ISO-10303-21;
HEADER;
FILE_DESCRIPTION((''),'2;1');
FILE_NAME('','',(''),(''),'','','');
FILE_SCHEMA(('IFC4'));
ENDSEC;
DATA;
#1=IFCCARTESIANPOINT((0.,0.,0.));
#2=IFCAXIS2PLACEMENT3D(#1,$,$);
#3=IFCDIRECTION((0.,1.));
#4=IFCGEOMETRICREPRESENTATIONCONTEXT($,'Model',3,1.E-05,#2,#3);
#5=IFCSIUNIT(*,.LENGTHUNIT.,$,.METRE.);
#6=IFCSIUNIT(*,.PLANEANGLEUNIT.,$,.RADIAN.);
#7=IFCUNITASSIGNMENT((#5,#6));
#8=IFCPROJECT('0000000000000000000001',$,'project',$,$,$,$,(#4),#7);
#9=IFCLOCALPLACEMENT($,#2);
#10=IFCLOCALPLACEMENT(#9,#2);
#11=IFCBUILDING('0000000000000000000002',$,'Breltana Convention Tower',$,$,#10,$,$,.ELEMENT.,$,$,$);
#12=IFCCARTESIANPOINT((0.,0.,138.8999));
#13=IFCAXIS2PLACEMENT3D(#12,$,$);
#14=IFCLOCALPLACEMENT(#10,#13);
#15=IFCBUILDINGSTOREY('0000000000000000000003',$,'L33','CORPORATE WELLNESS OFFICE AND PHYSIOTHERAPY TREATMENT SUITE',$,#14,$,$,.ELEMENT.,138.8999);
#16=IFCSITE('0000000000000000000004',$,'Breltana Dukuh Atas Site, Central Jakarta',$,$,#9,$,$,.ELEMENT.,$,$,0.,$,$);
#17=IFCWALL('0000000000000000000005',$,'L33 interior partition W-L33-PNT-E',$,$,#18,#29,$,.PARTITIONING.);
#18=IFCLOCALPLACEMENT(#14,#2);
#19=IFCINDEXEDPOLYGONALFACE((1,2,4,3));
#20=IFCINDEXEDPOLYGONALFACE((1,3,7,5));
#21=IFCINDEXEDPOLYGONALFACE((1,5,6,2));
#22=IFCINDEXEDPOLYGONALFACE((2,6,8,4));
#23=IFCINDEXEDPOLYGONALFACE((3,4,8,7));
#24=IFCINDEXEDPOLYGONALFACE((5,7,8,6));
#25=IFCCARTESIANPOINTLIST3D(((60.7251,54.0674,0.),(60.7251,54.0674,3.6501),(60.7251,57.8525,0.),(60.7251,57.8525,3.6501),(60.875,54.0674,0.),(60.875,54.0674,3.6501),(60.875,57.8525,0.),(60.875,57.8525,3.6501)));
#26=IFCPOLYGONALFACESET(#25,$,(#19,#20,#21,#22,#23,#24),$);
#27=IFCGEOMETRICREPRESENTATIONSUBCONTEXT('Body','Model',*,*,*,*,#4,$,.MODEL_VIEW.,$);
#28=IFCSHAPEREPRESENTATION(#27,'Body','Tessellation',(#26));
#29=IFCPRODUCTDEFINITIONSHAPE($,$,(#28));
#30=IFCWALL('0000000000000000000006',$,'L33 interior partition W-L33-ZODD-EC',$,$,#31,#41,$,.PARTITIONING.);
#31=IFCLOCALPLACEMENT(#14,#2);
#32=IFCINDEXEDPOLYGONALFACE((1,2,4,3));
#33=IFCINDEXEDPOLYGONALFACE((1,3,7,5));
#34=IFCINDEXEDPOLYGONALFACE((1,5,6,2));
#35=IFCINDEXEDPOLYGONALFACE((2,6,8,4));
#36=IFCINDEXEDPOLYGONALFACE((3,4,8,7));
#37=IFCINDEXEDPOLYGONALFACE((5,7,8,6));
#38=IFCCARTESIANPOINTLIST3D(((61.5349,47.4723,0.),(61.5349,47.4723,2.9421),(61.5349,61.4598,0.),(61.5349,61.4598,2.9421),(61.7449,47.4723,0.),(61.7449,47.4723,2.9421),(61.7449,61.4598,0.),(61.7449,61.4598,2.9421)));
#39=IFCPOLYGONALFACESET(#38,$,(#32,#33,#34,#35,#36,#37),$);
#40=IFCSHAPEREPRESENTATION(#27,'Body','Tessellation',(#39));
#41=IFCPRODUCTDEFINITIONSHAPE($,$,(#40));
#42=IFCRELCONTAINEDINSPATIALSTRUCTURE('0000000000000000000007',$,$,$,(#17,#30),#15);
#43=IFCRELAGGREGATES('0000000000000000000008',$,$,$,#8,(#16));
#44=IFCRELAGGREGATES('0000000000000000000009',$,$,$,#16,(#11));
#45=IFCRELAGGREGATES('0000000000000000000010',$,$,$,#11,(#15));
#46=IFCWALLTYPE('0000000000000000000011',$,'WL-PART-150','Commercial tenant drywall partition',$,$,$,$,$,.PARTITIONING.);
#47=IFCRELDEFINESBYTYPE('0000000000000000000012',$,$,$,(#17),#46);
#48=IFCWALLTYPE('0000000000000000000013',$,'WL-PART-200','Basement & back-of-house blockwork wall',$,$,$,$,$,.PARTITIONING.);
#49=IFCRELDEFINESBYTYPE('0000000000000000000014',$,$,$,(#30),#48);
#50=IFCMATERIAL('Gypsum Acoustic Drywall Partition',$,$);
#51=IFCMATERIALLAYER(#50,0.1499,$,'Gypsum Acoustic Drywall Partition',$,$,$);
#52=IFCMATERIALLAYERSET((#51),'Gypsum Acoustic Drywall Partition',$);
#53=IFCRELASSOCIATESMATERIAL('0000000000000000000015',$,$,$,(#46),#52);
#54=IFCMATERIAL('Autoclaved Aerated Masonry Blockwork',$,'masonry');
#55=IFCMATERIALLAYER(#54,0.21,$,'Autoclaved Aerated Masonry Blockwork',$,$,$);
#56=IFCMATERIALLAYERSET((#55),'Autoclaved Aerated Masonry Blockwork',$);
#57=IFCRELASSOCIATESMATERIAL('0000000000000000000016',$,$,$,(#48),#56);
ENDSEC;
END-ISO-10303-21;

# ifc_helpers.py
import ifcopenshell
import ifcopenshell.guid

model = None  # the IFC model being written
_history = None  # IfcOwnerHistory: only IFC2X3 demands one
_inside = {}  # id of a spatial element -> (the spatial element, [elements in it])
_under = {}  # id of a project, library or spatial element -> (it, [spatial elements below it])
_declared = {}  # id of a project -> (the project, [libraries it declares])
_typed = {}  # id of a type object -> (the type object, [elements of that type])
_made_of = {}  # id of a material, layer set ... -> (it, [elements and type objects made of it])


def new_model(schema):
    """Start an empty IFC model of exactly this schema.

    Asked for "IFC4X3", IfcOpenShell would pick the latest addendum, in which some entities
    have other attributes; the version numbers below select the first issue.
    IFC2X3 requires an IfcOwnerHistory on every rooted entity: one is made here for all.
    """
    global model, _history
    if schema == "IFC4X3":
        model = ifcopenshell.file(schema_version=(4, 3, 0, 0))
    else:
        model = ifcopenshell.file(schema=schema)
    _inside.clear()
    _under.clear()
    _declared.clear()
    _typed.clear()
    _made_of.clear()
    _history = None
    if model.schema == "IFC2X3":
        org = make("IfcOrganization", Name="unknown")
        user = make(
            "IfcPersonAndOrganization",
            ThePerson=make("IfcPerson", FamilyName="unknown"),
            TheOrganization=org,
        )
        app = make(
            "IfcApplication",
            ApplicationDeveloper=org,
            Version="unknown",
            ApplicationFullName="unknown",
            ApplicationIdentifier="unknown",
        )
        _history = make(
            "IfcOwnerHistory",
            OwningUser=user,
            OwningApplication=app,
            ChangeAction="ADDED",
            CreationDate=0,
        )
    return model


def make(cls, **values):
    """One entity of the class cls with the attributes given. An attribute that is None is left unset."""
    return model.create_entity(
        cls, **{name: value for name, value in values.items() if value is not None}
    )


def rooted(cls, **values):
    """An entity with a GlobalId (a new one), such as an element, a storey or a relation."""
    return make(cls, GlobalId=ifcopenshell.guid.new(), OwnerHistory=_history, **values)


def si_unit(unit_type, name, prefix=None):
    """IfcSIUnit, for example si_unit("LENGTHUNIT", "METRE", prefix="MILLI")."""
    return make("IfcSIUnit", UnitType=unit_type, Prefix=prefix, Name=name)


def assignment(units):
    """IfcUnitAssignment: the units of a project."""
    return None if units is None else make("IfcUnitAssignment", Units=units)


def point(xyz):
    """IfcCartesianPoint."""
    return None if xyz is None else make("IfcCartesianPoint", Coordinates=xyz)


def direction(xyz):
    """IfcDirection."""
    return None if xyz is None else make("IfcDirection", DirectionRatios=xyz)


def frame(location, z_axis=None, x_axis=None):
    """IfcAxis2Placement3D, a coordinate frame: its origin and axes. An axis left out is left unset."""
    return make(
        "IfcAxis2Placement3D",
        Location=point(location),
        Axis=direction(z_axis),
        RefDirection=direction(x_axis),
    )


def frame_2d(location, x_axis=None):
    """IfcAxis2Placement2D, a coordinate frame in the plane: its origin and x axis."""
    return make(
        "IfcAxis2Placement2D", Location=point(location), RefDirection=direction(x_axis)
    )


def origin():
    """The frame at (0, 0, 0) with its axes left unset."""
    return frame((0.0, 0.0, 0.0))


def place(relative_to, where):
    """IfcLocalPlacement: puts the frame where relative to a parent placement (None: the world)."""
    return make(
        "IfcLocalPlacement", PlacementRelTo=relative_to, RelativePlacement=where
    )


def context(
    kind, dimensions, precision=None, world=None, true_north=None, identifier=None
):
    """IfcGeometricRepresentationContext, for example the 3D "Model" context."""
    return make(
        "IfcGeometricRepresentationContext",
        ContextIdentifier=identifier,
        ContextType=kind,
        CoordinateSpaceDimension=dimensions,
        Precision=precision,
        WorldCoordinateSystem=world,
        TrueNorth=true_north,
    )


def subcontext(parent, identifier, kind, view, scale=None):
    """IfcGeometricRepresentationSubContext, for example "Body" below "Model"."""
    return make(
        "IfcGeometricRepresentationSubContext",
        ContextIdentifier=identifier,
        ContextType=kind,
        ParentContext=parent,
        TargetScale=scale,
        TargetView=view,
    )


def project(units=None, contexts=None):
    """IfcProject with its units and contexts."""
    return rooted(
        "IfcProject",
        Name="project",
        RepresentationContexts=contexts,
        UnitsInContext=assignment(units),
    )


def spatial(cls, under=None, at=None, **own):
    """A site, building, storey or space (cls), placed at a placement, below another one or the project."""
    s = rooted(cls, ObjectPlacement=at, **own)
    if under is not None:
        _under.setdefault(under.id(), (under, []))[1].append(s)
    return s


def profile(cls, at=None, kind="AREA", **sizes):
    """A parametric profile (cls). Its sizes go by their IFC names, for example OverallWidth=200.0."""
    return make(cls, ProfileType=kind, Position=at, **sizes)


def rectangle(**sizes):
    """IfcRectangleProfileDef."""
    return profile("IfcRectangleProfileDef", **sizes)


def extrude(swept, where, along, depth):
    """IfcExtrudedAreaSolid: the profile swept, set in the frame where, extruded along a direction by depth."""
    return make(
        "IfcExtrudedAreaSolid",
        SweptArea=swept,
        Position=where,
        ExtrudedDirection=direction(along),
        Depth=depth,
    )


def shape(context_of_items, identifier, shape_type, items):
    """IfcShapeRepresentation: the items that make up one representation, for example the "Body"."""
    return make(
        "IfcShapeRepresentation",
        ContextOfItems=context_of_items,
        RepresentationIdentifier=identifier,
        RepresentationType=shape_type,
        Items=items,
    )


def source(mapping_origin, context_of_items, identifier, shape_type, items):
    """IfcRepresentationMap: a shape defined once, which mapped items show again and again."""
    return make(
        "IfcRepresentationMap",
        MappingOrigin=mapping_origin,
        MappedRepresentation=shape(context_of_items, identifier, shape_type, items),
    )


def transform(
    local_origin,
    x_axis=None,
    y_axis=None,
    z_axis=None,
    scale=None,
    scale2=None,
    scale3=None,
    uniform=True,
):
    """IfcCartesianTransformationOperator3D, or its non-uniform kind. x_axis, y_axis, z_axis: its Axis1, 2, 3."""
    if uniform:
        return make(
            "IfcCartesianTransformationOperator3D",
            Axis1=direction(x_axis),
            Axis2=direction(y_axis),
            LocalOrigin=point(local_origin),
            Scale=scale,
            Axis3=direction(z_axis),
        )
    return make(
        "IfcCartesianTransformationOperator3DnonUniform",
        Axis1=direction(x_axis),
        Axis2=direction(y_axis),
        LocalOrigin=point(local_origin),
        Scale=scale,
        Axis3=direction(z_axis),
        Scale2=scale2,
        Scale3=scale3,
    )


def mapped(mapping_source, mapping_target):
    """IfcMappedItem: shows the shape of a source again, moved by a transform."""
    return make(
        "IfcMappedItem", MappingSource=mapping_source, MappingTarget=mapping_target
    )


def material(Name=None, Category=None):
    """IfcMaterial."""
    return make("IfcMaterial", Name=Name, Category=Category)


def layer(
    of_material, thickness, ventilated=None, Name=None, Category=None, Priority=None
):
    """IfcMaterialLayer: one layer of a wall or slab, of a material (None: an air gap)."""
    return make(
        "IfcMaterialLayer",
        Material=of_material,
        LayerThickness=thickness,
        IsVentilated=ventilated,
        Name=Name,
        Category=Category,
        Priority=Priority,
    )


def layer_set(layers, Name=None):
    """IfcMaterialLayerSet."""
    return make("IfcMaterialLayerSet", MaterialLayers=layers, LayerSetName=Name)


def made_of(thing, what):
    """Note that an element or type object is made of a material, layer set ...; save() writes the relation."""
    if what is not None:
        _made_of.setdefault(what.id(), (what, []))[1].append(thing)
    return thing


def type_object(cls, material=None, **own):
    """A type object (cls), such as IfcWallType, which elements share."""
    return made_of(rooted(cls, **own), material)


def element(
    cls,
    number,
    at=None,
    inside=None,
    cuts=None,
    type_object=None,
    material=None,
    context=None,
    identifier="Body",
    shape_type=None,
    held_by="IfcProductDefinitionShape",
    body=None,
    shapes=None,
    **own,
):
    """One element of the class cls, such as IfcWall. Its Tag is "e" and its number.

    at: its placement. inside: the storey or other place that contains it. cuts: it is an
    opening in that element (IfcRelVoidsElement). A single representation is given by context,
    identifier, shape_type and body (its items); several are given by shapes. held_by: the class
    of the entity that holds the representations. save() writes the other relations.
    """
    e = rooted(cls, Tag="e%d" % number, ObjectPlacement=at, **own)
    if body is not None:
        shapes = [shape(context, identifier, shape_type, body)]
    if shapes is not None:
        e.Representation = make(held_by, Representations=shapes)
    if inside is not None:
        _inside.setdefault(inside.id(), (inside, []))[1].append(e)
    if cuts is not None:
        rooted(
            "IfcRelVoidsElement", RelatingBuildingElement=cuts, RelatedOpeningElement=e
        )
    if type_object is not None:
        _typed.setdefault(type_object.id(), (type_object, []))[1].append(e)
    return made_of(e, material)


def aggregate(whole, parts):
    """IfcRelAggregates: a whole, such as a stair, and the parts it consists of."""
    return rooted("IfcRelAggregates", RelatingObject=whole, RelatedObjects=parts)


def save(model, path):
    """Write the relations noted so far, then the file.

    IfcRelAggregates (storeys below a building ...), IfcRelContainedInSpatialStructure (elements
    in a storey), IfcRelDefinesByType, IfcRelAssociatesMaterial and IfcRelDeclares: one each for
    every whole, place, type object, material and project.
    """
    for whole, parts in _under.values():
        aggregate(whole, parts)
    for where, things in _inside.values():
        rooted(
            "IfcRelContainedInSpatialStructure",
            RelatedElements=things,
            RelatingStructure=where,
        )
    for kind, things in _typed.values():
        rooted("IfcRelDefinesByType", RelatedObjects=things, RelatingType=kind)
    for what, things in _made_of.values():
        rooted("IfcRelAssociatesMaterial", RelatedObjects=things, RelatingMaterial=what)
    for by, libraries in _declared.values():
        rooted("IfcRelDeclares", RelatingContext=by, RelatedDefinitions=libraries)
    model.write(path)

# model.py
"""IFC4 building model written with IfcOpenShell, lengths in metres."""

from ifc_helpers import new_model, si_unit, direction, frame, frame_2d, origin, place, context, subcontext, project, spatial, rectangle, extrude, source, transform, mapped, material, layer, layer_set, type_object, element, save


model = new_model("IFC4")

# Units and contexts
model_context = context("Model", 3, precision=1e-05, world=origin(), true_north=direction((0.0, 1.0)))
body_context = subcontext(model_context, "Body", "Model", "MODEL_VIEW")
ifc_project = project(units=[si_unit("LENGTHUNIT", "METRE"), si_unit("PLANEANGLEUNIT", "RADIAN")], contexts=[model_context])

# Site, building, storey
site_placement = place(None, origin())
site = spatial("IfcSite", under=ifc_project, at=site_placement, Name="Breltana Dukuh Atas Site, Central Jakarta", CompositionType="ELEMENT", RefElevation=0.0)
building_placement = place(site_placement, origin())
building = spatial("IfcBuilding", under=site, at=building_placement, Name="Breltana Convention Tower", CompositionType="ELEMENT")
storey_placement = place(building_placement, frame((0.0, 0.0, 138.8999)))
storey = spatial("IfcBuildingStorey", under=building, at=storey_placement, Name="L33", Description="CORPORATE WELLNESS OFFICE AND PHYSIOTHERAPY TREATMENT SUITE", CompositionType="ELEMENT", Elevation=138.8999)

# Shared definitions
ifc_material_1 = material(Name="Gypsum Acoustic Drywall Partition")
ifc_layer_1 = layer(ifc_material_1, 0.1499, Name="Gypsum Acoustic Drywall Partition")
ifc_layer_set_1 = layer_set([ifc_layer_1], Name="Gypsum Acoustic Drywall Partition")
wall_type_1 = type_object("IfcWallType", Name="WL-PART-150", Description="Commercial tenant drywall partition", PredefinedType="PARTITIONING", material=ifc_layer_set_1)

# Walls
shared_shape_1 = source(origin(), body_context, "Body", "SweptSolid", [
    extrude(rectangle(XDim=3.7852, YDim=0.1499, at=frame_2d((1.8926, 0.0))), origin(), (0.0, 0.0, 1.0), 3.6501),
])
for number, where, z_axis, x_axis, name in (
    (1, (60.8, 54.0674, 0.0), (0.0, 0.0, 1.0), (0.0, 1.0, 0.0), "L33 interior partition W-L33-PNT-E"),
):
    element("IfcWall", number, at=place(storey_placement, frame(where, z_axis=z_axis, x_axis=x_axis)), inside=storey, type_object=wall_type_1, Name=name, PredefinedType="PARTITIONING", context=body_context, shape_type="MappedRepresentation", body=[
        mapped(shared_shape_1, transform((0.0, 0.0, 0.0), scale=1.0)),
    ])
ifc_material_2 = material(Name="Autoclaved Aerated Masonry Blockwork", Category="masonry")
ifc_layer_2 = layer(ifc_material_2, 0.21, Name="Autoclaved Aerated Masonry Blockwork")
ifc_layer_set_2 = layer_set([ifc_layer_2], Name="Autoclaved Aerated Masonry Blockwork")
wall_type_2 = type_object("IfcWallType", Name="WL-PART-200", Description="Basement & back-of-house blockwork wall", PredefinedType="PARTITIONING", material=ifc_layer_set_2)
shared_shape_2 = source(origin(), body_context, "Body", "SweptSolid", [
    extrude(rectangle(XDim=13.9875, YDim=0.21, at=frame_2d((6.9937, 0.0))), origin(), (0.0, 0.0, 1.0), 2.9421),
])
wall_1_placement = place(storey_placement, frame((61.6399, 47.4724, 0.0), z_axis=(0.0, 0.0, 1.0), x_axis=(0.0, 1.0, 0.0)))
element("IfcWall", 2, at=wall_1_placement, inside=storey, type_object=wall_type_2, Name="L33 interior partition W-L33-ZODD-EC", PredefinedType="PARTITIONING", context=body_context, shape_type="MappedRepresentation", body=[
    mapped(shared_shape_2, transform((0.0, 0.0, 0.0), scale=1.0)),
])

save(model, "model.ifc")
